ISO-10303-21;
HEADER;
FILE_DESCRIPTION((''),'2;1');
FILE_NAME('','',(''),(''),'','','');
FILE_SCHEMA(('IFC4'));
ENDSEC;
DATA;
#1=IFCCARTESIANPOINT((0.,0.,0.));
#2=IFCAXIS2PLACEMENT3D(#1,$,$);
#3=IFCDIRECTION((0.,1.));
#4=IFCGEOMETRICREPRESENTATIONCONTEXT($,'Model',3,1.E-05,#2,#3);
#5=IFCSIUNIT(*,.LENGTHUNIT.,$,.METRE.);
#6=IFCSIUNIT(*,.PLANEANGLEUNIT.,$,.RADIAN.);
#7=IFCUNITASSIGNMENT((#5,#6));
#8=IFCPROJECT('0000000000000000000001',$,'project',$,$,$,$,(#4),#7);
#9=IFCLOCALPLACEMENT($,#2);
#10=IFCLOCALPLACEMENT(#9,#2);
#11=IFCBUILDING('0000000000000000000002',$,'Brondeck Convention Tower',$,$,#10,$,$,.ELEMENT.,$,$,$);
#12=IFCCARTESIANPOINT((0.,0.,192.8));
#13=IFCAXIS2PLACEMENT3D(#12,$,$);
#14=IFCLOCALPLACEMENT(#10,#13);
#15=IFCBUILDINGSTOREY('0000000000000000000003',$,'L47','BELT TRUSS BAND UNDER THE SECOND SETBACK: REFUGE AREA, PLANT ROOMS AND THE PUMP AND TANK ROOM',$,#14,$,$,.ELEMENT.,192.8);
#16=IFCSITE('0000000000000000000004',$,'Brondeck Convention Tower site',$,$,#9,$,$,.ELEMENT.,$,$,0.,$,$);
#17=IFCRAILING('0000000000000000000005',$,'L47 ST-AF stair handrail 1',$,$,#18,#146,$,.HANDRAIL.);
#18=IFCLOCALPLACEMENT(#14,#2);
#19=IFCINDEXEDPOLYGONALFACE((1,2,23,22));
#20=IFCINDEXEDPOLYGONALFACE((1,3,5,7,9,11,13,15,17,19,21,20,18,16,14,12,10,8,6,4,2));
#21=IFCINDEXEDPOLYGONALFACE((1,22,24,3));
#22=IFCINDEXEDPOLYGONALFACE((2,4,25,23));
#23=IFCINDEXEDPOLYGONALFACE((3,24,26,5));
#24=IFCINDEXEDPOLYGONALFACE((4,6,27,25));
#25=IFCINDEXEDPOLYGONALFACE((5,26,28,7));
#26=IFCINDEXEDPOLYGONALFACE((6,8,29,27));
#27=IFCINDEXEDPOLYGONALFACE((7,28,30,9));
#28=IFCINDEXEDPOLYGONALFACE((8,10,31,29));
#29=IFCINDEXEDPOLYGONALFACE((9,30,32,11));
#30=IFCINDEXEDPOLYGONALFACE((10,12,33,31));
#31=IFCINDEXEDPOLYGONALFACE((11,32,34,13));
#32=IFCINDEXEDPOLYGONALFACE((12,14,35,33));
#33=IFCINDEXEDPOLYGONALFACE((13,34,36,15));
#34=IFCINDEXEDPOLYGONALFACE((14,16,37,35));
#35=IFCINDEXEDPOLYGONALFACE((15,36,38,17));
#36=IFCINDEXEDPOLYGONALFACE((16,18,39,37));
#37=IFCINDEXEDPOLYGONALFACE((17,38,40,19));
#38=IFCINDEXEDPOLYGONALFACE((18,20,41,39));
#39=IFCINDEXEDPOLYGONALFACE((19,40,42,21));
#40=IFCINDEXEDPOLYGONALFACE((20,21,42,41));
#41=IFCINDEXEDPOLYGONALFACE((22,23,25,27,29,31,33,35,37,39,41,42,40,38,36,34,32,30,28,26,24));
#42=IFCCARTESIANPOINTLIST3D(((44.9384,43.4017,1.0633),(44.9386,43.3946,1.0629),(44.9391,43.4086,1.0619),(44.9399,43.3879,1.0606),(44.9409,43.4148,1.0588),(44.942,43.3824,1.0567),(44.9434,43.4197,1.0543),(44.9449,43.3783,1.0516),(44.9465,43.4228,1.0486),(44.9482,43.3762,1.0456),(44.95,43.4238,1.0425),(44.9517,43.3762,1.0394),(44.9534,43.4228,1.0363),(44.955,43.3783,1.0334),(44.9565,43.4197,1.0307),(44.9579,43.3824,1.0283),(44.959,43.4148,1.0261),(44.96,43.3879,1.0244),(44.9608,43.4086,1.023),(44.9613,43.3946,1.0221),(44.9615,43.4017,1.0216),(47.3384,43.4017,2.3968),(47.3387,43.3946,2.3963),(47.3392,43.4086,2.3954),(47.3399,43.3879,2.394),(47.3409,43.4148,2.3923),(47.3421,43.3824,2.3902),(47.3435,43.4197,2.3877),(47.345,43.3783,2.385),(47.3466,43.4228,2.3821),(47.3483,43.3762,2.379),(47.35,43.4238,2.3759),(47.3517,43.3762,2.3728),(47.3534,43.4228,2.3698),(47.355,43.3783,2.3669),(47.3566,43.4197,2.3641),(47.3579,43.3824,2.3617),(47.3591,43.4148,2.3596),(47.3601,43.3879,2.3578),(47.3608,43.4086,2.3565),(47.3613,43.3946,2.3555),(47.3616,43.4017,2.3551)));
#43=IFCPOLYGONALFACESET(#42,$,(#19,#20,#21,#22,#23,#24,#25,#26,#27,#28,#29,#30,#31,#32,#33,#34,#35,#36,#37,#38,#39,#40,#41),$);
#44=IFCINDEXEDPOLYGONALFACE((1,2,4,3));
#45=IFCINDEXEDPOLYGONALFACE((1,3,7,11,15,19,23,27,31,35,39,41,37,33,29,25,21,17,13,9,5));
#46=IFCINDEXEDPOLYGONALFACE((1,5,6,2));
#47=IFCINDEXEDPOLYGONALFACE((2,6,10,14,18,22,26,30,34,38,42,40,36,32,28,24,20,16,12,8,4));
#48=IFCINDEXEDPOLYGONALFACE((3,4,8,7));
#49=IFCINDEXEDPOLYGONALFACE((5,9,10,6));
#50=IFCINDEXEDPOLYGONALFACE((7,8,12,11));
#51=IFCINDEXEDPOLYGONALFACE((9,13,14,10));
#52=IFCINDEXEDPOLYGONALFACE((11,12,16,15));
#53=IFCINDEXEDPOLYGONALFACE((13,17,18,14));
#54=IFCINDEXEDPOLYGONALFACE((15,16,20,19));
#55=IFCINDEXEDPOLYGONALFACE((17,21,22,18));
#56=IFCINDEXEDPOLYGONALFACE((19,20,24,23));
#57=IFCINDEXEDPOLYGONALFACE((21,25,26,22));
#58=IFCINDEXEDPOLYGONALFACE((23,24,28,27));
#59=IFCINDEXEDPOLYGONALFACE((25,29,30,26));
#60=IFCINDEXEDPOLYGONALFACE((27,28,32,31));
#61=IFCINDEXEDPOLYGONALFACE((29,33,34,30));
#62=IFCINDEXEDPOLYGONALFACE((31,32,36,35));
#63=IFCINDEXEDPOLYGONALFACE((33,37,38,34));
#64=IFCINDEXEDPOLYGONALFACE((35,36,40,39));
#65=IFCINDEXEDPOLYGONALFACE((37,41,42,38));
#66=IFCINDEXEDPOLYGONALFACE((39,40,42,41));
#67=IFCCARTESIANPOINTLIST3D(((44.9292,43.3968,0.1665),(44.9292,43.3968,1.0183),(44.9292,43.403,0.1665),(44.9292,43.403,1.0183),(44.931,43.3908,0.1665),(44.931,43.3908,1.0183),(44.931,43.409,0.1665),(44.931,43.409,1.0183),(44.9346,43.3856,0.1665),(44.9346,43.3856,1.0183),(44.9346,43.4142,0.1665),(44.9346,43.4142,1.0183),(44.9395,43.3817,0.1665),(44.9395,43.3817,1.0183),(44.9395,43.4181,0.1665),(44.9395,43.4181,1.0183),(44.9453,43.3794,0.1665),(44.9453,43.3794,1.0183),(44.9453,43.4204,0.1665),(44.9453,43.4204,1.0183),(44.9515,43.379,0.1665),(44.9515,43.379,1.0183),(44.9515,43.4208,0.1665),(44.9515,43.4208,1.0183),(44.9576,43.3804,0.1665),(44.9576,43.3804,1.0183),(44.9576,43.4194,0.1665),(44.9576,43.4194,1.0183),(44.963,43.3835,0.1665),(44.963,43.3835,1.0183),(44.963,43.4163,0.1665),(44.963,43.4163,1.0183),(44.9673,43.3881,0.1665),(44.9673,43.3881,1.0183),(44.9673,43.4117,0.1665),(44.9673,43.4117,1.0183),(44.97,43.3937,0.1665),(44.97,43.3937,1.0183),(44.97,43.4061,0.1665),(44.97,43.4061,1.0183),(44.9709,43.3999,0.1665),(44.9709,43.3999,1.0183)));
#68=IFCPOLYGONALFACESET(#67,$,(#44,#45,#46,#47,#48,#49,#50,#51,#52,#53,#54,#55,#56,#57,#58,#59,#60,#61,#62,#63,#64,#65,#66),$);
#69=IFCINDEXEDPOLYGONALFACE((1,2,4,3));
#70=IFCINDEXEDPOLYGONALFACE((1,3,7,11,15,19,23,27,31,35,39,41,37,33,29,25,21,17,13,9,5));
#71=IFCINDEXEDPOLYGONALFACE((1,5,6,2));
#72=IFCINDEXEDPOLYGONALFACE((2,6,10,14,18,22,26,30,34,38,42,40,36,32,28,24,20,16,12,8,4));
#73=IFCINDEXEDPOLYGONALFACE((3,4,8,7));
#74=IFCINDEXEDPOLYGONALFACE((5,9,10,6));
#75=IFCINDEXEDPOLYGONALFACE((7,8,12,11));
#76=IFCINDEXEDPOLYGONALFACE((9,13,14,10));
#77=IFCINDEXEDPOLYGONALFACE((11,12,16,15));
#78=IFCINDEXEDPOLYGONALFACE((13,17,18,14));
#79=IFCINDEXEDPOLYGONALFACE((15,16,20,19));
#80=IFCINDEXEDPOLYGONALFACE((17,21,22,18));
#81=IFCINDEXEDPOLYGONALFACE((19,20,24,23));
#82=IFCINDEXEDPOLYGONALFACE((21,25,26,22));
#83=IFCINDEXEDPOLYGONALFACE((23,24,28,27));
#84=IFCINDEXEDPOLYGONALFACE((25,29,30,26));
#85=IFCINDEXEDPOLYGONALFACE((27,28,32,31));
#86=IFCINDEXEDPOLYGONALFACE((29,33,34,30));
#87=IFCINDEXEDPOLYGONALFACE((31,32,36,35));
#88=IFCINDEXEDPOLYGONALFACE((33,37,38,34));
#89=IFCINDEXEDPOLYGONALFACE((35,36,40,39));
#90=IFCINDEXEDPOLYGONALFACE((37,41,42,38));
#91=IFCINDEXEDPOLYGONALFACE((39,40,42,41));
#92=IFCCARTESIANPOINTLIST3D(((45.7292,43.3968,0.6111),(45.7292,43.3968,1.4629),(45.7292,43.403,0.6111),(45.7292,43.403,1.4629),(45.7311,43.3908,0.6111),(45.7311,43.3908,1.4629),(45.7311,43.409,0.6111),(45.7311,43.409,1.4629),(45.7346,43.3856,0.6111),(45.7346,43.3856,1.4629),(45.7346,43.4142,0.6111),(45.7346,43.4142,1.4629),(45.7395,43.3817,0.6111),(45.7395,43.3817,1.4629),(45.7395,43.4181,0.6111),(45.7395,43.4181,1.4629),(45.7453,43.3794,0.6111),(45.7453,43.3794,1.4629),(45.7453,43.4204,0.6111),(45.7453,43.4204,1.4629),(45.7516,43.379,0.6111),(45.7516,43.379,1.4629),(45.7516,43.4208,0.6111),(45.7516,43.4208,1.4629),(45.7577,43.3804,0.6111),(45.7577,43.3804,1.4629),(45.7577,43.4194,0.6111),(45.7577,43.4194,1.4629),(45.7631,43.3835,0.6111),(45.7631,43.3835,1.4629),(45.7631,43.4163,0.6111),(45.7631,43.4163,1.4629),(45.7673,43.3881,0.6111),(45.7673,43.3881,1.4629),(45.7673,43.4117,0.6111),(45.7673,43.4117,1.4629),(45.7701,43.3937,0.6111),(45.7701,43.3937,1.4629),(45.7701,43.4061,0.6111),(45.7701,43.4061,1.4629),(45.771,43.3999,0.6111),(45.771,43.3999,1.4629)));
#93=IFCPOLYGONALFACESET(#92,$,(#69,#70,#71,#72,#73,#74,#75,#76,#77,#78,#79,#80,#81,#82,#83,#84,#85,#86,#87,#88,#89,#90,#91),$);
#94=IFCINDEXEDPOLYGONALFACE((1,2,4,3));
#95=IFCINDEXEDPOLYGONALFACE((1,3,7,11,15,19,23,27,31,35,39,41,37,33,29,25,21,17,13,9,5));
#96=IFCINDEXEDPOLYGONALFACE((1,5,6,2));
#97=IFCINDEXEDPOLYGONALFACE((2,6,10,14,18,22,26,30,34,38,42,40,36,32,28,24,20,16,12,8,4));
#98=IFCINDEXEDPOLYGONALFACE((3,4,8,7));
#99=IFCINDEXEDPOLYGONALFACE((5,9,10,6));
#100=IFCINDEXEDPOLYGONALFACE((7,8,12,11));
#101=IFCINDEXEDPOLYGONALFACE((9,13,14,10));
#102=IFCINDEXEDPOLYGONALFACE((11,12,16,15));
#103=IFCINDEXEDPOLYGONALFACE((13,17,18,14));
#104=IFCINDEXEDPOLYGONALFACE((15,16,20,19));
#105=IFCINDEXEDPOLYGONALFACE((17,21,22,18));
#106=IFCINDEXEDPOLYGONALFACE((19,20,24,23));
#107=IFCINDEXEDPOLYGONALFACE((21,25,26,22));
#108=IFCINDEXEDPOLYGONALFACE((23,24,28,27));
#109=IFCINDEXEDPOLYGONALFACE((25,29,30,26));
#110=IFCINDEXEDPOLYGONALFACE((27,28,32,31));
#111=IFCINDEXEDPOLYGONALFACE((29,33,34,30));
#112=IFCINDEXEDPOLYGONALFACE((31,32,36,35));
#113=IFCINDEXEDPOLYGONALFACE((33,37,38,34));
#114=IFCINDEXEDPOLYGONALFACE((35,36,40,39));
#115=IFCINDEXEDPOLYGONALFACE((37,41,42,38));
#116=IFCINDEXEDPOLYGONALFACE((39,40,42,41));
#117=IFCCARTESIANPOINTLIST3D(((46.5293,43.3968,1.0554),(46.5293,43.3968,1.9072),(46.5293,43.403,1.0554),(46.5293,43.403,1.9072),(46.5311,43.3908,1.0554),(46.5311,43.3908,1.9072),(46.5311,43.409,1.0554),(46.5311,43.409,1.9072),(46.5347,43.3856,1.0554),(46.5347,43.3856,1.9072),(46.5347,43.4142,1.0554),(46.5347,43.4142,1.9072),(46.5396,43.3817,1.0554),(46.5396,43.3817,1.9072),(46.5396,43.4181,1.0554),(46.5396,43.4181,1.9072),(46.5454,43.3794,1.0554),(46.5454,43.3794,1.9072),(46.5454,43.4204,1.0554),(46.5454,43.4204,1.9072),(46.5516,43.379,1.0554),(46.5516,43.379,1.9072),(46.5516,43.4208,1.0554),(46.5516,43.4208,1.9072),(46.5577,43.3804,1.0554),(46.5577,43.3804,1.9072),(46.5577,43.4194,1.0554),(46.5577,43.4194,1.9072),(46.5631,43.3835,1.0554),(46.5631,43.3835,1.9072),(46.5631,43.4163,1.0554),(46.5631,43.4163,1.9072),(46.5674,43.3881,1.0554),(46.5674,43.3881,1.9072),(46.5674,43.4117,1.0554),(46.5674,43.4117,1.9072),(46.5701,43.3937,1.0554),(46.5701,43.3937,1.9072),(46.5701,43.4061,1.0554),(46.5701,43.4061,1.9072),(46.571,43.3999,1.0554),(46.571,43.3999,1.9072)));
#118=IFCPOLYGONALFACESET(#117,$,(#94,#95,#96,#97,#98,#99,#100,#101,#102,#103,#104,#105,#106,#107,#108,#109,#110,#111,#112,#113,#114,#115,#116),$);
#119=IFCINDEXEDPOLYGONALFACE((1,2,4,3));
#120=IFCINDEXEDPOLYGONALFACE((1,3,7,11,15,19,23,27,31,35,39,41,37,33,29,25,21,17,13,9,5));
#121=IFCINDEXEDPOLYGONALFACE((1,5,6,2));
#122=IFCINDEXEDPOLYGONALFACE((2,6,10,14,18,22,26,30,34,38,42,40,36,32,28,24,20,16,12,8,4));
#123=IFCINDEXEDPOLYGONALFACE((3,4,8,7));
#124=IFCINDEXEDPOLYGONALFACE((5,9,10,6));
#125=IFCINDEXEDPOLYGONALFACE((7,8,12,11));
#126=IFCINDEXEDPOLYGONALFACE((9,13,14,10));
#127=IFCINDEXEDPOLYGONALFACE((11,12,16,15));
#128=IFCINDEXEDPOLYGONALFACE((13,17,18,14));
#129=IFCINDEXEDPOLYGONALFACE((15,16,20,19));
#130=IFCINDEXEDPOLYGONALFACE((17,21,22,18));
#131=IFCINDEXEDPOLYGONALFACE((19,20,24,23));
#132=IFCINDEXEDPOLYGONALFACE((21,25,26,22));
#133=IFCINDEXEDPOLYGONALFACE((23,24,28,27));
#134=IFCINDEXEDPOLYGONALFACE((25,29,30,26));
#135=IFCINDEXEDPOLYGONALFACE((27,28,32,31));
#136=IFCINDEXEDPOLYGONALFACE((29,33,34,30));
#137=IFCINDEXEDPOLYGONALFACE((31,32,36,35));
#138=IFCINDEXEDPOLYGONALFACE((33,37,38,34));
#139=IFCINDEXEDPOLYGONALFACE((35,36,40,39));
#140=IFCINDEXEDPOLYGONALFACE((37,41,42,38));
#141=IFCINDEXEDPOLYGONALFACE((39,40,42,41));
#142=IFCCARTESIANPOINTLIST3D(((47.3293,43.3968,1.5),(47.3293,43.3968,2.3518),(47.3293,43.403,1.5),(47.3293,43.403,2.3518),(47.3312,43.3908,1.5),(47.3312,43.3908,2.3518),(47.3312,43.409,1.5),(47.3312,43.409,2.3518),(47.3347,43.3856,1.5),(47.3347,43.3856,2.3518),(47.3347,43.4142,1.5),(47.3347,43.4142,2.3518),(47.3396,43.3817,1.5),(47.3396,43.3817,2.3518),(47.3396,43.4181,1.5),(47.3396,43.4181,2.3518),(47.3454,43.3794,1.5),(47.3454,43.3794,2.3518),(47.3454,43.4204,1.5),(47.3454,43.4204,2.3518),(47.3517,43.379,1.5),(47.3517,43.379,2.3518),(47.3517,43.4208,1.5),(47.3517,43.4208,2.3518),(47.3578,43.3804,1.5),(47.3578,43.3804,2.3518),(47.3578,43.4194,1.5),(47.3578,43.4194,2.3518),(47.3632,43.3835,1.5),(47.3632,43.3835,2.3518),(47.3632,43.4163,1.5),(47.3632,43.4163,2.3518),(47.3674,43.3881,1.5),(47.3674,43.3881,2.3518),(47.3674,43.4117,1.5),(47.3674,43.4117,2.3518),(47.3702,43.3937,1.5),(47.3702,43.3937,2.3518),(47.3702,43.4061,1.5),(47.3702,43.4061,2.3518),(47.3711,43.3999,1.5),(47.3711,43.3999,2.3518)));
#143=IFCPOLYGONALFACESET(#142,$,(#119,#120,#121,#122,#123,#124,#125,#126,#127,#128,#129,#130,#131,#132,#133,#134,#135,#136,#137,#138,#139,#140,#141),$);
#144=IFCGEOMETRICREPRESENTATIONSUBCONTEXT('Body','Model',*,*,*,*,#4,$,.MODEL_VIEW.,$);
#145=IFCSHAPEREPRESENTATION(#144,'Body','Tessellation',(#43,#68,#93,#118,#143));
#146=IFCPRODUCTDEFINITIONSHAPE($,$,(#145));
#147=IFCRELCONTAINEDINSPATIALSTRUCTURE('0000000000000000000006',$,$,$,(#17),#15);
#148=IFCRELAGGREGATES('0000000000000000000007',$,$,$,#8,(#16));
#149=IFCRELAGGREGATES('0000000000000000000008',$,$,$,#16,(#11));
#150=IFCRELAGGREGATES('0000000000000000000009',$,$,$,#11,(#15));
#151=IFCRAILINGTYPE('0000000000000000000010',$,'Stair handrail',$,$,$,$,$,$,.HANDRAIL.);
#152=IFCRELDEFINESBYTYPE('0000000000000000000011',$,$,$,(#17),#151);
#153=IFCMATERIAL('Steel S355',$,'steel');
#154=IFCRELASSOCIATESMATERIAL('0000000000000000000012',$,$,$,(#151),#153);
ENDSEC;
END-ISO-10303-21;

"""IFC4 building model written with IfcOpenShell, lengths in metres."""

from ifc_helpers import new_model, si_unit, direction, frame, origin, origin_2d, place, context, subcontext, project, spatial, circle, extrude, material, type_object, element, save


model = new_model("IFC4")

# Units and contexts
model_context = context("Model", 3, precision=1e-05, world=origin(), true_north=direction((0.0, 1.0)))
body_context = subcontext(model_context, "Body", "Model", "MODEL_VIEW")
ifc_project = project(units=[si_unit("LENGTHUNIT", "METRE"), si_unit("PLANEANGLEUNIT", "RADIAN")], contexts=[model_context])

# Site, building, storey
site_placement = place(None, origin())
site = spatial("IfcSite", under=ifc_project, at=site_placement, Name="Brondeck Convention Tower site", CompositionType="ELEMENT", RefElevation=0.0)
building_placement = place(site_placement, origin())
building = spatial("IfcBuilding", under=site, at=building_placement, Name="Brondeck Convention Tower", CompositionType="ELEMENT")
storey_placement = place(building_placement, frame((0.0, 0.0, 192.8)))
storey = spatial("IfcBuildingStorey", under=building, at=storey_placement, Name="L47", Description="BELT TRUSS BAND UNDER THE SECOND SETBACK: REFUGE AREA, PLANT ROOMS AND THE PUMP AND TANK ROOM", CompositionType="ELEMENT", Elevation=192.8)

# Shared definitions
ifc_material_1 = material(Name="Steel S355", Category="steel")

# Railing
railing_type = type_object("IfcRailingType", Name="Stair handrail", PredefinedType="HANDRAIL", material=ifc_material_1)
for number, where, name in (
    (1, (44.95, 43.3999, 0.1665), "L47 ST-AF stair handrail 1"),
):
    element("IfcRailing", number, at=place(storey_placement, frame(where)), inside=storey, type_object=railing_type, Name=name, PredefinedType="HANDRAIL", context=body_context, shape_type="SweptSolid", body=[
        extrude(circle(Radius=0.0239, at=origin_2d()), frame((0.0, 0.0, 0.876), z_axis=(0.874145, 0.0, 0.485666), x_axis=(0.0, 1.0, 0.0)), (0.0, 0.0, 1.0), 2.7456),
        extrude(circle(Radius=0.021, at=origin_2d()), origin(), (0.0, 0.0, 1.0), 0.8518),
        extrude(circle(Radius=0.021, at=origin_2d()), frame((0.8, 0.0, 0.4446)), (0.0, 0.0, 1.0), 0.8518),
        extrude(circle(Radius=0.021, at=origin_2d()), frame((1.6001, 0.0, 0.8889)), (0.0, 0.0, 1.0), 0.8518),
        extrude(circle(Radius=0.021, at=origin_2d()), frame((2.4001, 0.0, 1.3335)), (0.0, 0.0, 1.0), 0.8518),
    ])

save(model, "model.ifc")
